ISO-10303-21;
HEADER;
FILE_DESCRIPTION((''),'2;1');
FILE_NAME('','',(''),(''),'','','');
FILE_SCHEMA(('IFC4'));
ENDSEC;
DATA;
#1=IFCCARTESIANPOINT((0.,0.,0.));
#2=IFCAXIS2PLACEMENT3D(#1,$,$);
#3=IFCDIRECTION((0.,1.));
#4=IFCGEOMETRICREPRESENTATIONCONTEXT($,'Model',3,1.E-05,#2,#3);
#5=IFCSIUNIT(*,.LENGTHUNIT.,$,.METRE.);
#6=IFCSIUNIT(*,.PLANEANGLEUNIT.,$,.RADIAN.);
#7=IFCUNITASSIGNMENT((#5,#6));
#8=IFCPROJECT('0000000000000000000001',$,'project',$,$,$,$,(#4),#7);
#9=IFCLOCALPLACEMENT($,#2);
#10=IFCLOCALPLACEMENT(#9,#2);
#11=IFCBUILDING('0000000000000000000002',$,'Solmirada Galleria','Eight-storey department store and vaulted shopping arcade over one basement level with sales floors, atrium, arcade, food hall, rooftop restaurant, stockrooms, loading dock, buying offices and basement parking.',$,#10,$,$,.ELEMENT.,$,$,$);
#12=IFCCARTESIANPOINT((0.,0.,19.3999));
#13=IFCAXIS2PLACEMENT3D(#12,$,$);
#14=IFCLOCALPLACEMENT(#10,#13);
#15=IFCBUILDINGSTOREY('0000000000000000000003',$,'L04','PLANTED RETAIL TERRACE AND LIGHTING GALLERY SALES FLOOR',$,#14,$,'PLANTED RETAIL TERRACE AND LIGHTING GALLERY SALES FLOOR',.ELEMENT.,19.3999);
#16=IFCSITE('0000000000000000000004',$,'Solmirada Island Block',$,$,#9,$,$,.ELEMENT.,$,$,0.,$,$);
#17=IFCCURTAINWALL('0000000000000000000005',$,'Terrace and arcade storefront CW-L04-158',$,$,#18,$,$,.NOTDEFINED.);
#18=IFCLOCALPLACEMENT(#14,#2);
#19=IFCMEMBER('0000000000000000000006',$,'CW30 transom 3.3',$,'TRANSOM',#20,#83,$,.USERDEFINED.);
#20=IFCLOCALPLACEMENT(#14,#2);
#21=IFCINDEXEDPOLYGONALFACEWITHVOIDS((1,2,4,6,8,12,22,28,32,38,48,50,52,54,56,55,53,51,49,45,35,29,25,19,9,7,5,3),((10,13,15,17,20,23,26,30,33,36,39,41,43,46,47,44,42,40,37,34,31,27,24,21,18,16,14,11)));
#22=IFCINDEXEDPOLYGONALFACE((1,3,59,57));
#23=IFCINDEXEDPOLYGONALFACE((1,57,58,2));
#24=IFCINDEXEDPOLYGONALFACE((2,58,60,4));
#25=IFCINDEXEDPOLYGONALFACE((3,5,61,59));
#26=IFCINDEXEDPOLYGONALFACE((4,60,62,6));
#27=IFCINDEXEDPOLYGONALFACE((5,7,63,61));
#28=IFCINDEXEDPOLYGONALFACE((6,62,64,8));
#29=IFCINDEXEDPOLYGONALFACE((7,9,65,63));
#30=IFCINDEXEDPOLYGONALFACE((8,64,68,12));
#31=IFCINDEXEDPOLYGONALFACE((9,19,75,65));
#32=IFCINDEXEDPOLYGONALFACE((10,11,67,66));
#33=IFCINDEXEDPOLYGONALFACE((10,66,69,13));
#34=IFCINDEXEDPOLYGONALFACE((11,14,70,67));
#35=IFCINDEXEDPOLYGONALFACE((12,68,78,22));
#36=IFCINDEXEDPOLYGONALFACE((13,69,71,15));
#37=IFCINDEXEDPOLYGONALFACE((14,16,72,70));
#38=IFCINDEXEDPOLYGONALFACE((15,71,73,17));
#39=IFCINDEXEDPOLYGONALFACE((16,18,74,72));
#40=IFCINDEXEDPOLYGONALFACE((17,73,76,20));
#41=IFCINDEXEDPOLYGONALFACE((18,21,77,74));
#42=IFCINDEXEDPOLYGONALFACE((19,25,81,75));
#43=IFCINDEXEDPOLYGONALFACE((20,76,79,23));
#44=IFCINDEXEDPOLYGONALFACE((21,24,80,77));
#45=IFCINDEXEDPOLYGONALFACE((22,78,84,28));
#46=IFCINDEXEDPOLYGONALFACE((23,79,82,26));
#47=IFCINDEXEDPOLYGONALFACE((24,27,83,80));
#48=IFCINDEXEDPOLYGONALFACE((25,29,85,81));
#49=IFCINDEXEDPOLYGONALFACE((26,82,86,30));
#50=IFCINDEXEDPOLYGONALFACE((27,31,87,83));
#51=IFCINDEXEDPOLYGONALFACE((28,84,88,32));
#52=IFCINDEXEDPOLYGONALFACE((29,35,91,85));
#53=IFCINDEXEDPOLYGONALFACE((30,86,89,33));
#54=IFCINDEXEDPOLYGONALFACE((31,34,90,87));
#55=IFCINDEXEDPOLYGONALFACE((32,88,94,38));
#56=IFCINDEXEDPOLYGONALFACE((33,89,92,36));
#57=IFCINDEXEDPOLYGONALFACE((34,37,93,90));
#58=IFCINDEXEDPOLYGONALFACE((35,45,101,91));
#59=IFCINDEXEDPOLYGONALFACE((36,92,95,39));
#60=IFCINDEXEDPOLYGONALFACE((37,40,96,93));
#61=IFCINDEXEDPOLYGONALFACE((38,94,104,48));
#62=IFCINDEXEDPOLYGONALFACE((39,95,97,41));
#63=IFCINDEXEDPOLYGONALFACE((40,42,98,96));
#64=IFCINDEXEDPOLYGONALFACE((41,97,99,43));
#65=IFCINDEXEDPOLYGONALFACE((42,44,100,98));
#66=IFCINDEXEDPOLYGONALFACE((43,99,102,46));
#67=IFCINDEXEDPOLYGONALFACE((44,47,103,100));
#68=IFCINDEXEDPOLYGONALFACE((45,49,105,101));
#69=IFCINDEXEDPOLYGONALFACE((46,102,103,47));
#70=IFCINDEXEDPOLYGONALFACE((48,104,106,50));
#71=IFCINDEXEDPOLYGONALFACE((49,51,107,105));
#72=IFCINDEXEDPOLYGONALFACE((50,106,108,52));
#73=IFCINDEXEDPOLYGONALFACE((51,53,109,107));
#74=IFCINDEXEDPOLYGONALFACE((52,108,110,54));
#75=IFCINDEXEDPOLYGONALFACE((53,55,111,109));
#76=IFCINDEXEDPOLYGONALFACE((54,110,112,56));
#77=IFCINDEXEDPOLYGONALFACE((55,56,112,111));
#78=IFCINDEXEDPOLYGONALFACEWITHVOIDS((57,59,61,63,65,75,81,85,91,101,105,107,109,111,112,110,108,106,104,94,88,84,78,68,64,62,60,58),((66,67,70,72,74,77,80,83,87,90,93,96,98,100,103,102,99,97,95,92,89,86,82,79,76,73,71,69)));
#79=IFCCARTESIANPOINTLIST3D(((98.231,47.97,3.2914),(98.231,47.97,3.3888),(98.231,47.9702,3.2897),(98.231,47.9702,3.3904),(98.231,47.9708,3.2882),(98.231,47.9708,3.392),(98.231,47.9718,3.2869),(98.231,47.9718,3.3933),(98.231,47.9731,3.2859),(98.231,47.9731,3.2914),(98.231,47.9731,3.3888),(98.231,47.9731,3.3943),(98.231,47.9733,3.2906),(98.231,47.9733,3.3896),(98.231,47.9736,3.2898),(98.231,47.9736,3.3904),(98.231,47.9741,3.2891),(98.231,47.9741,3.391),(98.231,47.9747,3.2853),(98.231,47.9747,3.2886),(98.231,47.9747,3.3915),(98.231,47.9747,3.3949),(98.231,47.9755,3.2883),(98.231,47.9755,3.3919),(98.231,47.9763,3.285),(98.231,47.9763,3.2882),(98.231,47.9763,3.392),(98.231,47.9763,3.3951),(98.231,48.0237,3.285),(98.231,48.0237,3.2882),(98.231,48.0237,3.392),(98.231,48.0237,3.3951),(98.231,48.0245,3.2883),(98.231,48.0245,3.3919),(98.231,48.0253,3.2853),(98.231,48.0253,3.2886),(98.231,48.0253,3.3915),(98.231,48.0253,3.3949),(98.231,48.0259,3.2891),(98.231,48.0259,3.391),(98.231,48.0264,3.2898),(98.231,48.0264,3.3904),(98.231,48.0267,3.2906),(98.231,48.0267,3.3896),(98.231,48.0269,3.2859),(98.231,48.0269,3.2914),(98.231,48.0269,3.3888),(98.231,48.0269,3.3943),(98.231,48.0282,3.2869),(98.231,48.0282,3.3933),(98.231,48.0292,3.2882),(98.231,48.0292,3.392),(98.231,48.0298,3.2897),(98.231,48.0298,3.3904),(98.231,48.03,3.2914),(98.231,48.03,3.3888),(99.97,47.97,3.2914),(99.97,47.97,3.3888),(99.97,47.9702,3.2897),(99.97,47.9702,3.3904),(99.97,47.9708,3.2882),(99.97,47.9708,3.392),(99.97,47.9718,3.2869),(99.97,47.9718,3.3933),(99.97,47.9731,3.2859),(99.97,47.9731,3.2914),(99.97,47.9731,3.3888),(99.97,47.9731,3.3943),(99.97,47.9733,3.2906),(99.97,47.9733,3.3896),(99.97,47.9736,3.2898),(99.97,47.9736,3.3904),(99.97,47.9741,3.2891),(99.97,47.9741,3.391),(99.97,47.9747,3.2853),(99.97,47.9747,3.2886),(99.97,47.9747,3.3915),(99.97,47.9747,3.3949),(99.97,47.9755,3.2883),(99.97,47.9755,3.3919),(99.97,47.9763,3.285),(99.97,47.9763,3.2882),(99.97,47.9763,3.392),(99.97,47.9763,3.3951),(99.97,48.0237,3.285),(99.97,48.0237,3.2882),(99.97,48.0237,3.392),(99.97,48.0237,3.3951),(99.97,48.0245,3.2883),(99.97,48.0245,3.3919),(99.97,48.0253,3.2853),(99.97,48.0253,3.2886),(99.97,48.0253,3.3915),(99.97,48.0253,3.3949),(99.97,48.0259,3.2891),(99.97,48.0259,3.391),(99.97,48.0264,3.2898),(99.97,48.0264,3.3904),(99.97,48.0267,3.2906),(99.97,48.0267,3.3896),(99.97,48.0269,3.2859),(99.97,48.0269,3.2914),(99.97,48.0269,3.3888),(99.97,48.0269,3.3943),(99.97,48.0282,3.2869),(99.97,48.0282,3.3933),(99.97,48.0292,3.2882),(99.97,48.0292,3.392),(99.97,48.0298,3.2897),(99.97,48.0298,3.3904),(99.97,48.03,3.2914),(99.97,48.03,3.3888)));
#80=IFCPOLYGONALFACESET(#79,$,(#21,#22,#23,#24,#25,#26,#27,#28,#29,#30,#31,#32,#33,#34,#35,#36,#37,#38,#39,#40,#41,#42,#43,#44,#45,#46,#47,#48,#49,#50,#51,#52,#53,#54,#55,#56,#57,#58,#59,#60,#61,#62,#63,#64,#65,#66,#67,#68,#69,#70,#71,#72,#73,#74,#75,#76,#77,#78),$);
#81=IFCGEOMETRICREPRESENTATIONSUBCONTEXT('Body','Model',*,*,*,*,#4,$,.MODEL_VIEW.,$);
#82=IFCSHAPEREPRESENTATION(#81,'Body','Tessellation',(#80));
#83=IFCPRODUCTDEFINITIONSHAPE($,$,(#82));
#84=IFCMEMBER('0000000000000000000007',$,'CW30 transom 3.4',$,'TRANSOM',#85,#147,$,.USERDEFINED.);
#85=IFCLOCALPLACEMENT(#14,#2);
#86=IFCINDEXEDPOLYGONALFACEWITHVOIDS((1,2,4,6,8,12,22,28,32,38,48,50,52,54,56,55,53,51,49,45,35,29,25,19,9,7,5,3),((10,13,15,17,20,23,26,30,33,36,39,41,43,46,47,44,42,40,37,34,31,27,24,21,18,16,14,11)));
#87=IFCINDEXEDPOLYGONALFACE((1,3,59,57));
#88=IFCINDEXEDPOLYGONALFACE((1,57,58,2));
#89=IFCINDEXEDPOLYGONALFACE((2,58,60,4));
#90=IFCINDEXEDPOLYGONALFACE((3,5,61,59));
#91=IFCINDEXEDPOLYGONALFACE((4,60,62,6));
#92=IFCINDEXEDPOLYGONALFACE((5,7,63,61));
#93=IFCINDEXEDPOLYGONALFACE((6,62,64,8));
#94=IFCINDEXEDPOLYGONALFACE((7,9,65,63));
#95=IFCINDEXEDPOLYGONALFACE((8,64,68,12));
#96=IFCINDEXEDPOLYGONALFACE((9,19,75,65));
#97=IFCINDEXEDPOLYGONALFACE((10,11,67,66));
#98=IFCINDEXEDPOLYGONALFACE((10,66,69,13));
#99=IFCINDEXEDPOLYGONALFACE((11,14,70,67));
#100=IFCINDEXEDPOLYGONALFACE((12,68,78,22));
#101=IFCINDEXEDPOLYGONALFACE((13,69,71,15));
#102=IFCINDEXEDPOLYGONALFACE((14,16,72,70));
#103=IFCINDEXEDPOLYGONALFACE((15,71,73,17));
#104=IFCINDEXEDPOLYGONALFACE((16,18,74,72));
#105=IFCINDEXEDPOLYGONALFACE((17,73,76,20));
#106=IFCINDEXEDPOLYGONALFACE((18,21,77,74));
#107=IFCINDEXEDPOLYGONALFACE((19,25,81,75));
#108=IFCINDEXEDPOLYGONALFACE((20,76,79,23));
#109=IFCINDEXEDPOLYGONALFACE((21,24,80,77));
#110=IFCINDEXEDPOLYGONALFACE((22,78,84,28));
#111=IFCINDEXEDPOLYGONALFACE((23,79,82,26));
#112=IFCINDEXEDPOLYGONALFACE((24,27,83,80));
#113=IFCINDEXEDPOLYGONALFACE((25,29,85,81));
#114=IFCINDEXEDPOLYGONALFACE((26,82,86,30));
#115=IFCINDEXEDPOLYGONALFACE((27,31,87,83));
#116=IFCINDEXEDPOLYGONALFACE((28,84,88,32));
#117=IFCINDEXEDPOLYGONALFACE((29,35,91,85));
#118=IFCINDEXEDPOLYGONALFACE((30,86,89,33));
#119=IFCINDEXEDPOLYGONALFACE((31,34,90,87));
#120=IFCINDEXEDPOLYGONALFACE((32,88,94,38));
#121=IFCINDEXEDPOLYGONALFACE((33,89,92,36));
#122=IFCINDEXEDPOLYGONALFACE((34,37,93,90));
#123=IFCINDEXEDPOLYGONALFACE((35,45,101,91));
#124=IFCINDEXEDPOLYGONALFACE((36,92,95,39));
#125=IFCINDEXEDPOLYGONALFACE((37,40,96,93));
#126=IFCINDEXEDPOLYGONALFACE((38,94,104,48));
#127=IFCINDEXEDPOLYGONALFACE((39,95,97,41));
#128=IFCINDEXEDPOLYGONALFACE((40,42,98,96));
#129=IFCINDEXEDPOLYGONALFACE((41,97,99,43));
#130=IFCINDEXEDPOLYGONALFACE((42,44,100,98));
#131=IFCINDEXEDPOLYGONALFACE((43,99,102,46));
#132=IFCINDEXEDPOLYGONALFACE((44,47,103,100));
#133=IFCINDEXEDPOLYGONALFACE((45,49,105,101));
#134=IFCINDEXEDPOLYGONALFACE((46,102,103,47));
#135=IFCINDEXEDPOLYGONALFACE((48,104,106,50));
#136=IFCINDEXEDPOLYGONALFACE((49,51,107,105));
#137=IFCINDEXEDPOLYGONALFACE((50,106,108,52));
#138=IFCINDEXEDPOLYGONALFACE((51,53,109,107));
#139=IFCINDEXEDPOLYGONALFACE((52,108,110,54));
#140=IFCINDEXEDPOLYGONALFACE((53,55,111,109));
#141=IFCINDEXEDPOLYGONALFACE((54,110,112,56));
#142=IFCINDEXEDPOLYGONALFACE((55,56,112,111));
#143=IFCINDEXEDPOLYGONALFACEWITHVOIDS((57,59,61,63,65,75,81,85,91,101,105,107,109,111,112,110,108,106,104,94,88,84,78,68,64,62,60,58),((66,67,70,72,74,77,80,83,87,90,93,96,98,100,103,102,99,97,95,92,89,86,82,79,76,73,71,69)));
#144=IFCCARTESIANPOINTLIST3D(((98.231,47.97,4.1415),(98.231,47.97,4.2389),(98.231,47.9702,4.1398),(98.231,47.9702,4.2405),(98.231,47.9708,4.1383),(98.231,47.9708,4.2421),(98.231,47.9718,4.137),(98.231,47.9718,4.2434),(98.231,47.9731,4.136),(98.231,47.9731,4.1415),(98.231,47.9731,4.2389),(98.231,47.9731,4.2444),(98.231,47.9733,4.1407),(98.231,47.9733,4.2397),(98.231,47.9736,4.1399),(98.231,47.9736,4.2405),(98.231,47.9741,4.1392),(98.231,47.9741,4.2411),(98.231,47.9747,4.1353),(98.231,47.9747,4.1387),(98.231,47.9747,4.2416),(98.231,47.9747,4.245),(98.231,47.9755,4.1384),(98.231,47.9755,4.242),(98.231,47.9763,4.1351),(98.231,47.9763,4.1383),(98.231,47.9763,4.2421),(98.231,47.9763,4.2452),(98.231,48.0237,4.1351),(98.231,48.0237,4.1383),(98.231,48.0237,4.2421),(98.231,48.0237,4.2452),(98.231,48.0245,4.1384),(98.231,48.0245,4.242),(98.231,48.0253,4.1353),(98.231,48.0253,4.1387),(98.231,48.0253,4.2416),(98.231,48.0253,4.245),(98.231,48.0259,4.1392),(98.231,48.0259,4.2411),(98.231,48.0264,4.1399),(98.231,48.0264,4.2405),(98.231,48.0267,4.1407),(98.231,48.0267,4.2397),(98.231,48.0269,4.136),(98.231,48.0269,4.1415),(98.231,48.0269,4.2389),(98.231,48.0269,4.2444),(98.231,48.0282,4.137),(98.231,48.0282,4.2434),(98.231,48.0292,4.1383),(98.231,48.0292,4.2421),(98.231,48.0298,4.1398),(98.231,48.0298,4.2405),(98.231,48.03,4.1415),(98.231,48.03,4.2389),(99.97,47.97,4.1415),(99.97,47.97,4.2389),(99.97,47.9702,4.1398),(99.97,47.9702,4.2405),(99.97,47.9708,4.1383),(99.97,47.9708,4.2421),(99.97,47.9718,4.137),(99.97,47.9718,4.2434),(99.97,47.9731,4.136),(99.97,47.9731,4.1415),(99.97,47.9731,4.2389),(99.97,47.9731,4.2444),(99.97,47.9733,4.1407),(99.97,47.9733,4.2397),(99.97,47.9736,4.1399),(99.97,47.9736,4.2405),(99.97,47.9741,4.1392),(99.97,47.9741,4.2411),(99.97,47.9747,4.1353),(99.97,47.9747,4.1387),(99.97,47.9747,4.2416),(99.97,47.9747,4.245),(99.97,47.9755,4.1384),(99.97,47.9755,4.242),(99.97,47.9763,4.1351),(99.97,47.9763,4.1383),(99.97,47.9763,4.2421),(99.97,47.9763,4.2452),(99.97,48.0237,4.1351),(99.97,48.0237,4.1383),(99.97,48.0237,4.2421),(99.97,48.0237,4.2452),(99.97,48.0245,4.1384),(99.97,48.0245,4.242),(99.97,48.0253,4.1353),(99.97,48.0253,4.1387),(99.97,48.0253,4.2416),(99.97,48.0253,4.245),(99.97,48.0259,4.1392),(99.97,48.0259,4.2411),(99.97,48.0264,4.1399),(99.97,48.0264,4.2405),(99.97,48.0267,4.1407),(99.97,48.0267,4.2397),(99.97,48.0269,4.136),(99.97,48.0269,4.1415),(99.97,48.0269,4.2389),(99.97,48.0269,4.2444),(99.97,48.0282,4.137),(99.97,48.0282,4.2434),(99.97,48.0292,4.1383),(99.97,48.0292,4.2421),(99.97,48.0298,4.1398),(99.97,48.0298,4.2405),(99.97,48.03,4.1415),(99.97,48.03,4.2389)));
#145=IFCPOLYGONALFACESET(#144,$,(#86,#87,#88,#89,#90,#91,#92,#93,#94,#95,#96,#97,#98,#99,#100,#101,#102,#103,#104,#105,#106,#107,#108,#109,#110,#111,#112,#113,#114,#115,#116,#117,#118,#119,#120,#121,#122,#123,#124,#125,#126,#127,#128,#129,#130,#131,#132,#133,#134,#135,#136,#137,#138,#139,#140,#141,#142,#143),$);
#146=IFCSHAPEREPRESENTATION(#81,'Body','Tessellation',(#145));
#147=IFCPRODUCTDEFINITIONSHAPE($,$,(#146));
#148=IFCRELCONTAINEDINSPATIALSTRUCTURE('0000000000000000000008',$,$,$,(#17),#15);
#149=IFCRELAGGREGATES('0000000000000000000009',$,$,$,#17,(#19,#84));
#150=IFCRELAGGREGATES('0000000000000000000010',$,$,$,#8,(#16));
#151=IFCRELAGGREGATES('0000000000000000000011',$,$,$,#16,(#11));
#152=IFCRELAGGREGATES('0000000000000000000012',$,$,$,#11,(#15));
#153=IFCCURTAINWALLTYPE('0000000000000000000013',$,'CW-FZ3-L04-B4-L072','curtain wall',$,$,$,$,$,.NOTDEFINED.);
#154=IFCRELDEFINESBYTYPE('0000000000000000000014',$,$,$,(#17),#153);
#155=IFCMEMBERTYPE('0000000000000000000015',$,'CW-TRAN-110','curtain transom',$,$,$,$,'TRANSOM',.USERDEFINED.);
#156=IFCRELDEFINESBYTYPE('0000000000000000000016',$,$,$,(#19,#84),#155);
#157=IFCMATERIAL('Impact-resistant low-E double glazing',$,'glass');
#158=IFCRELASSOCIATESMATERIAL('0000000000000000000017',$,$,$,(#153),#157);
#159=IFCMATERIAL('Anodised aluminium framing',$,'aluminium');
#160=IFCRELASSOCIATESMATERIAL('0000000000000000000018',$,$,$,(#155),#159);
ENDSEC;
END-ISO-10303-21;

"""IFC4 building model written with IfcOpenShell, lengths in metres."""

from ifc_helpers import new_model, si_unit, direction, frame, origin, origin_2d, place, context, subcontext, project, spatial, hollow_rectangle, extrude, material, material_profile, profile_set, type_object, element, aggregate, save


model = new_model("IFC4")

# Units and contexts
model_context = context("Model", 3, precision=1e-05, world=origin(), true_north=direction((0.0, 1.0)))
body_context = subcontext(model_context, "Body", "Model", "MODEL_VIEW")
ifc_project = project(units=[si_unit("LENGTHUNIT", "METRE"), si_unit("PLANEANGLEUNIT", "RADIAN")], contexts=[model_context])

# Site, building, storey
site_placement = place(None, origin())
site = spatial("IfcSite", under=ifc_project, at=site_placement, Name="Solmirada Island Block", CompositionType="ELEMENT", RefElevation=0.0)
building_placement = place(site_placement, origin())
building = spatial("IfcBuilding", under=site, at=building_placement, Name="Solmirada Galleria", Description="Eight-storey department store and vaulted shopping arcade over one basement level with sales floors, atrium, arcade, food hall, rooftop restaurant, stockrooms, loading dock, buying offices and basement parking.", CompositionType="ELEMENT")
storey_placement = place(building_placement, frame((0.0, 0.0, 19.3999)))
storey = spatial("IfcBuildingStorey", under=building, at=storey_placement, Name="L04", Description="PLANTED RETAIL TERRACE AND LIGHTING GALLERY SALES FLOOR", LongName="PLANTED RETAIL TERRACE AND LIGHTING GALLERY SALES FLOOR", CompositionType="ELEMENT", Elevation=19.3999)

# Curtain wall, members
ifc_material_1 = material(Name="Impact-resistant low-E double glazing", Category="glass")
curtain_wall_type = type_object("IfcCurtainWallType", Name="CW-FZ3-L04-B4-L072", Description="curtain wall", PredefinedType="NOTDEFINED", material=ifc_material_1)
curtain_wall_placement = place(storey_placement, origin())
curtain_wall = element("IfcCurtainWall", 1, at=curtain_wall_placement, inside=storey, type_object=curtain_wall_type, Name="Terrace and arcade storefront CW-L04-158", PredefinedType="NOTDEFINED")
ifc_material_2 = material(Name="Anodised aluminium framing", Category="aluminium")
ifc_material_profile_1 = material_profile(ifc_material_2, hollow_rectangle(XDim=0.0601, YDim=0.1101, WallThickness=0.0032, InnerFilletRadius=0.0032, OuterFilletRadius=0.0063, at=origin_2d()), Name="ALU-TRAN-110X60")
ifc_profile_set_1 = profile_set([ifc_material_profile_1], Name="Anodised aluminium framing")
member_type_1 = type_object("IfcMemberType", Name="CW-TRAN-110", Description="curtain transom", ElementType="TRANSOM", PredefinedType="USERDEFINED", material=ifc_profile_set_1)
member_1_placement = place(storey_placement, frame((99.97, 48.0, 3.3401), z_axis=(-1.0, 0.0, 0.0), x_axis=(0.0, -1.0, 0.0)))
member_1 = element("IfcMember", 2, at=member_1_placement, type_object=member_type_1, Name="CW30 transom 3.3", ObjectType="TRANSOM", PredefinedType="USERDEFINED", context=body_context, shape_type="SweptSolid", body=[
    extrude(hollow_rectangle(XDim=0.0601, YDim=0.1101, WallThickness=0.0032, InnerFilletRadius=0.0032, OuterFilletRadius=0.0063, at=origin_2d()), origin(), (0.0, 0.0, 1.0), 1.739),
])
member_2_placement = place(storey_placement, frame((99.97, 48.0, 4.1902), z_axis=(-1.0, 0.0, 0.0), x_axis=(0.0, -1.0, 0.0)))
member_2 = element("IfcMember", 3, at=member_2_placement, type_object=member_type_1, Name="CW30 transom 3.4", ObjectType="TRANSOM", PredefinedType="USERDEFINED", context=body_context, shape_type="SweptSolid", body=[
    extrude(hollow_rectangle(XDim=0.0601, YDim=0.1101, WallThickness=0.0032, InnerFilletRadius=0.0032, OuterFilletRadius=0.0063, at=origin_2d()), origin(), (0.0, 0.0, 1.0), 1.739),
])
aggregate(curtain_wall, [member_1, member_2])

save(model, "model.ifc")
